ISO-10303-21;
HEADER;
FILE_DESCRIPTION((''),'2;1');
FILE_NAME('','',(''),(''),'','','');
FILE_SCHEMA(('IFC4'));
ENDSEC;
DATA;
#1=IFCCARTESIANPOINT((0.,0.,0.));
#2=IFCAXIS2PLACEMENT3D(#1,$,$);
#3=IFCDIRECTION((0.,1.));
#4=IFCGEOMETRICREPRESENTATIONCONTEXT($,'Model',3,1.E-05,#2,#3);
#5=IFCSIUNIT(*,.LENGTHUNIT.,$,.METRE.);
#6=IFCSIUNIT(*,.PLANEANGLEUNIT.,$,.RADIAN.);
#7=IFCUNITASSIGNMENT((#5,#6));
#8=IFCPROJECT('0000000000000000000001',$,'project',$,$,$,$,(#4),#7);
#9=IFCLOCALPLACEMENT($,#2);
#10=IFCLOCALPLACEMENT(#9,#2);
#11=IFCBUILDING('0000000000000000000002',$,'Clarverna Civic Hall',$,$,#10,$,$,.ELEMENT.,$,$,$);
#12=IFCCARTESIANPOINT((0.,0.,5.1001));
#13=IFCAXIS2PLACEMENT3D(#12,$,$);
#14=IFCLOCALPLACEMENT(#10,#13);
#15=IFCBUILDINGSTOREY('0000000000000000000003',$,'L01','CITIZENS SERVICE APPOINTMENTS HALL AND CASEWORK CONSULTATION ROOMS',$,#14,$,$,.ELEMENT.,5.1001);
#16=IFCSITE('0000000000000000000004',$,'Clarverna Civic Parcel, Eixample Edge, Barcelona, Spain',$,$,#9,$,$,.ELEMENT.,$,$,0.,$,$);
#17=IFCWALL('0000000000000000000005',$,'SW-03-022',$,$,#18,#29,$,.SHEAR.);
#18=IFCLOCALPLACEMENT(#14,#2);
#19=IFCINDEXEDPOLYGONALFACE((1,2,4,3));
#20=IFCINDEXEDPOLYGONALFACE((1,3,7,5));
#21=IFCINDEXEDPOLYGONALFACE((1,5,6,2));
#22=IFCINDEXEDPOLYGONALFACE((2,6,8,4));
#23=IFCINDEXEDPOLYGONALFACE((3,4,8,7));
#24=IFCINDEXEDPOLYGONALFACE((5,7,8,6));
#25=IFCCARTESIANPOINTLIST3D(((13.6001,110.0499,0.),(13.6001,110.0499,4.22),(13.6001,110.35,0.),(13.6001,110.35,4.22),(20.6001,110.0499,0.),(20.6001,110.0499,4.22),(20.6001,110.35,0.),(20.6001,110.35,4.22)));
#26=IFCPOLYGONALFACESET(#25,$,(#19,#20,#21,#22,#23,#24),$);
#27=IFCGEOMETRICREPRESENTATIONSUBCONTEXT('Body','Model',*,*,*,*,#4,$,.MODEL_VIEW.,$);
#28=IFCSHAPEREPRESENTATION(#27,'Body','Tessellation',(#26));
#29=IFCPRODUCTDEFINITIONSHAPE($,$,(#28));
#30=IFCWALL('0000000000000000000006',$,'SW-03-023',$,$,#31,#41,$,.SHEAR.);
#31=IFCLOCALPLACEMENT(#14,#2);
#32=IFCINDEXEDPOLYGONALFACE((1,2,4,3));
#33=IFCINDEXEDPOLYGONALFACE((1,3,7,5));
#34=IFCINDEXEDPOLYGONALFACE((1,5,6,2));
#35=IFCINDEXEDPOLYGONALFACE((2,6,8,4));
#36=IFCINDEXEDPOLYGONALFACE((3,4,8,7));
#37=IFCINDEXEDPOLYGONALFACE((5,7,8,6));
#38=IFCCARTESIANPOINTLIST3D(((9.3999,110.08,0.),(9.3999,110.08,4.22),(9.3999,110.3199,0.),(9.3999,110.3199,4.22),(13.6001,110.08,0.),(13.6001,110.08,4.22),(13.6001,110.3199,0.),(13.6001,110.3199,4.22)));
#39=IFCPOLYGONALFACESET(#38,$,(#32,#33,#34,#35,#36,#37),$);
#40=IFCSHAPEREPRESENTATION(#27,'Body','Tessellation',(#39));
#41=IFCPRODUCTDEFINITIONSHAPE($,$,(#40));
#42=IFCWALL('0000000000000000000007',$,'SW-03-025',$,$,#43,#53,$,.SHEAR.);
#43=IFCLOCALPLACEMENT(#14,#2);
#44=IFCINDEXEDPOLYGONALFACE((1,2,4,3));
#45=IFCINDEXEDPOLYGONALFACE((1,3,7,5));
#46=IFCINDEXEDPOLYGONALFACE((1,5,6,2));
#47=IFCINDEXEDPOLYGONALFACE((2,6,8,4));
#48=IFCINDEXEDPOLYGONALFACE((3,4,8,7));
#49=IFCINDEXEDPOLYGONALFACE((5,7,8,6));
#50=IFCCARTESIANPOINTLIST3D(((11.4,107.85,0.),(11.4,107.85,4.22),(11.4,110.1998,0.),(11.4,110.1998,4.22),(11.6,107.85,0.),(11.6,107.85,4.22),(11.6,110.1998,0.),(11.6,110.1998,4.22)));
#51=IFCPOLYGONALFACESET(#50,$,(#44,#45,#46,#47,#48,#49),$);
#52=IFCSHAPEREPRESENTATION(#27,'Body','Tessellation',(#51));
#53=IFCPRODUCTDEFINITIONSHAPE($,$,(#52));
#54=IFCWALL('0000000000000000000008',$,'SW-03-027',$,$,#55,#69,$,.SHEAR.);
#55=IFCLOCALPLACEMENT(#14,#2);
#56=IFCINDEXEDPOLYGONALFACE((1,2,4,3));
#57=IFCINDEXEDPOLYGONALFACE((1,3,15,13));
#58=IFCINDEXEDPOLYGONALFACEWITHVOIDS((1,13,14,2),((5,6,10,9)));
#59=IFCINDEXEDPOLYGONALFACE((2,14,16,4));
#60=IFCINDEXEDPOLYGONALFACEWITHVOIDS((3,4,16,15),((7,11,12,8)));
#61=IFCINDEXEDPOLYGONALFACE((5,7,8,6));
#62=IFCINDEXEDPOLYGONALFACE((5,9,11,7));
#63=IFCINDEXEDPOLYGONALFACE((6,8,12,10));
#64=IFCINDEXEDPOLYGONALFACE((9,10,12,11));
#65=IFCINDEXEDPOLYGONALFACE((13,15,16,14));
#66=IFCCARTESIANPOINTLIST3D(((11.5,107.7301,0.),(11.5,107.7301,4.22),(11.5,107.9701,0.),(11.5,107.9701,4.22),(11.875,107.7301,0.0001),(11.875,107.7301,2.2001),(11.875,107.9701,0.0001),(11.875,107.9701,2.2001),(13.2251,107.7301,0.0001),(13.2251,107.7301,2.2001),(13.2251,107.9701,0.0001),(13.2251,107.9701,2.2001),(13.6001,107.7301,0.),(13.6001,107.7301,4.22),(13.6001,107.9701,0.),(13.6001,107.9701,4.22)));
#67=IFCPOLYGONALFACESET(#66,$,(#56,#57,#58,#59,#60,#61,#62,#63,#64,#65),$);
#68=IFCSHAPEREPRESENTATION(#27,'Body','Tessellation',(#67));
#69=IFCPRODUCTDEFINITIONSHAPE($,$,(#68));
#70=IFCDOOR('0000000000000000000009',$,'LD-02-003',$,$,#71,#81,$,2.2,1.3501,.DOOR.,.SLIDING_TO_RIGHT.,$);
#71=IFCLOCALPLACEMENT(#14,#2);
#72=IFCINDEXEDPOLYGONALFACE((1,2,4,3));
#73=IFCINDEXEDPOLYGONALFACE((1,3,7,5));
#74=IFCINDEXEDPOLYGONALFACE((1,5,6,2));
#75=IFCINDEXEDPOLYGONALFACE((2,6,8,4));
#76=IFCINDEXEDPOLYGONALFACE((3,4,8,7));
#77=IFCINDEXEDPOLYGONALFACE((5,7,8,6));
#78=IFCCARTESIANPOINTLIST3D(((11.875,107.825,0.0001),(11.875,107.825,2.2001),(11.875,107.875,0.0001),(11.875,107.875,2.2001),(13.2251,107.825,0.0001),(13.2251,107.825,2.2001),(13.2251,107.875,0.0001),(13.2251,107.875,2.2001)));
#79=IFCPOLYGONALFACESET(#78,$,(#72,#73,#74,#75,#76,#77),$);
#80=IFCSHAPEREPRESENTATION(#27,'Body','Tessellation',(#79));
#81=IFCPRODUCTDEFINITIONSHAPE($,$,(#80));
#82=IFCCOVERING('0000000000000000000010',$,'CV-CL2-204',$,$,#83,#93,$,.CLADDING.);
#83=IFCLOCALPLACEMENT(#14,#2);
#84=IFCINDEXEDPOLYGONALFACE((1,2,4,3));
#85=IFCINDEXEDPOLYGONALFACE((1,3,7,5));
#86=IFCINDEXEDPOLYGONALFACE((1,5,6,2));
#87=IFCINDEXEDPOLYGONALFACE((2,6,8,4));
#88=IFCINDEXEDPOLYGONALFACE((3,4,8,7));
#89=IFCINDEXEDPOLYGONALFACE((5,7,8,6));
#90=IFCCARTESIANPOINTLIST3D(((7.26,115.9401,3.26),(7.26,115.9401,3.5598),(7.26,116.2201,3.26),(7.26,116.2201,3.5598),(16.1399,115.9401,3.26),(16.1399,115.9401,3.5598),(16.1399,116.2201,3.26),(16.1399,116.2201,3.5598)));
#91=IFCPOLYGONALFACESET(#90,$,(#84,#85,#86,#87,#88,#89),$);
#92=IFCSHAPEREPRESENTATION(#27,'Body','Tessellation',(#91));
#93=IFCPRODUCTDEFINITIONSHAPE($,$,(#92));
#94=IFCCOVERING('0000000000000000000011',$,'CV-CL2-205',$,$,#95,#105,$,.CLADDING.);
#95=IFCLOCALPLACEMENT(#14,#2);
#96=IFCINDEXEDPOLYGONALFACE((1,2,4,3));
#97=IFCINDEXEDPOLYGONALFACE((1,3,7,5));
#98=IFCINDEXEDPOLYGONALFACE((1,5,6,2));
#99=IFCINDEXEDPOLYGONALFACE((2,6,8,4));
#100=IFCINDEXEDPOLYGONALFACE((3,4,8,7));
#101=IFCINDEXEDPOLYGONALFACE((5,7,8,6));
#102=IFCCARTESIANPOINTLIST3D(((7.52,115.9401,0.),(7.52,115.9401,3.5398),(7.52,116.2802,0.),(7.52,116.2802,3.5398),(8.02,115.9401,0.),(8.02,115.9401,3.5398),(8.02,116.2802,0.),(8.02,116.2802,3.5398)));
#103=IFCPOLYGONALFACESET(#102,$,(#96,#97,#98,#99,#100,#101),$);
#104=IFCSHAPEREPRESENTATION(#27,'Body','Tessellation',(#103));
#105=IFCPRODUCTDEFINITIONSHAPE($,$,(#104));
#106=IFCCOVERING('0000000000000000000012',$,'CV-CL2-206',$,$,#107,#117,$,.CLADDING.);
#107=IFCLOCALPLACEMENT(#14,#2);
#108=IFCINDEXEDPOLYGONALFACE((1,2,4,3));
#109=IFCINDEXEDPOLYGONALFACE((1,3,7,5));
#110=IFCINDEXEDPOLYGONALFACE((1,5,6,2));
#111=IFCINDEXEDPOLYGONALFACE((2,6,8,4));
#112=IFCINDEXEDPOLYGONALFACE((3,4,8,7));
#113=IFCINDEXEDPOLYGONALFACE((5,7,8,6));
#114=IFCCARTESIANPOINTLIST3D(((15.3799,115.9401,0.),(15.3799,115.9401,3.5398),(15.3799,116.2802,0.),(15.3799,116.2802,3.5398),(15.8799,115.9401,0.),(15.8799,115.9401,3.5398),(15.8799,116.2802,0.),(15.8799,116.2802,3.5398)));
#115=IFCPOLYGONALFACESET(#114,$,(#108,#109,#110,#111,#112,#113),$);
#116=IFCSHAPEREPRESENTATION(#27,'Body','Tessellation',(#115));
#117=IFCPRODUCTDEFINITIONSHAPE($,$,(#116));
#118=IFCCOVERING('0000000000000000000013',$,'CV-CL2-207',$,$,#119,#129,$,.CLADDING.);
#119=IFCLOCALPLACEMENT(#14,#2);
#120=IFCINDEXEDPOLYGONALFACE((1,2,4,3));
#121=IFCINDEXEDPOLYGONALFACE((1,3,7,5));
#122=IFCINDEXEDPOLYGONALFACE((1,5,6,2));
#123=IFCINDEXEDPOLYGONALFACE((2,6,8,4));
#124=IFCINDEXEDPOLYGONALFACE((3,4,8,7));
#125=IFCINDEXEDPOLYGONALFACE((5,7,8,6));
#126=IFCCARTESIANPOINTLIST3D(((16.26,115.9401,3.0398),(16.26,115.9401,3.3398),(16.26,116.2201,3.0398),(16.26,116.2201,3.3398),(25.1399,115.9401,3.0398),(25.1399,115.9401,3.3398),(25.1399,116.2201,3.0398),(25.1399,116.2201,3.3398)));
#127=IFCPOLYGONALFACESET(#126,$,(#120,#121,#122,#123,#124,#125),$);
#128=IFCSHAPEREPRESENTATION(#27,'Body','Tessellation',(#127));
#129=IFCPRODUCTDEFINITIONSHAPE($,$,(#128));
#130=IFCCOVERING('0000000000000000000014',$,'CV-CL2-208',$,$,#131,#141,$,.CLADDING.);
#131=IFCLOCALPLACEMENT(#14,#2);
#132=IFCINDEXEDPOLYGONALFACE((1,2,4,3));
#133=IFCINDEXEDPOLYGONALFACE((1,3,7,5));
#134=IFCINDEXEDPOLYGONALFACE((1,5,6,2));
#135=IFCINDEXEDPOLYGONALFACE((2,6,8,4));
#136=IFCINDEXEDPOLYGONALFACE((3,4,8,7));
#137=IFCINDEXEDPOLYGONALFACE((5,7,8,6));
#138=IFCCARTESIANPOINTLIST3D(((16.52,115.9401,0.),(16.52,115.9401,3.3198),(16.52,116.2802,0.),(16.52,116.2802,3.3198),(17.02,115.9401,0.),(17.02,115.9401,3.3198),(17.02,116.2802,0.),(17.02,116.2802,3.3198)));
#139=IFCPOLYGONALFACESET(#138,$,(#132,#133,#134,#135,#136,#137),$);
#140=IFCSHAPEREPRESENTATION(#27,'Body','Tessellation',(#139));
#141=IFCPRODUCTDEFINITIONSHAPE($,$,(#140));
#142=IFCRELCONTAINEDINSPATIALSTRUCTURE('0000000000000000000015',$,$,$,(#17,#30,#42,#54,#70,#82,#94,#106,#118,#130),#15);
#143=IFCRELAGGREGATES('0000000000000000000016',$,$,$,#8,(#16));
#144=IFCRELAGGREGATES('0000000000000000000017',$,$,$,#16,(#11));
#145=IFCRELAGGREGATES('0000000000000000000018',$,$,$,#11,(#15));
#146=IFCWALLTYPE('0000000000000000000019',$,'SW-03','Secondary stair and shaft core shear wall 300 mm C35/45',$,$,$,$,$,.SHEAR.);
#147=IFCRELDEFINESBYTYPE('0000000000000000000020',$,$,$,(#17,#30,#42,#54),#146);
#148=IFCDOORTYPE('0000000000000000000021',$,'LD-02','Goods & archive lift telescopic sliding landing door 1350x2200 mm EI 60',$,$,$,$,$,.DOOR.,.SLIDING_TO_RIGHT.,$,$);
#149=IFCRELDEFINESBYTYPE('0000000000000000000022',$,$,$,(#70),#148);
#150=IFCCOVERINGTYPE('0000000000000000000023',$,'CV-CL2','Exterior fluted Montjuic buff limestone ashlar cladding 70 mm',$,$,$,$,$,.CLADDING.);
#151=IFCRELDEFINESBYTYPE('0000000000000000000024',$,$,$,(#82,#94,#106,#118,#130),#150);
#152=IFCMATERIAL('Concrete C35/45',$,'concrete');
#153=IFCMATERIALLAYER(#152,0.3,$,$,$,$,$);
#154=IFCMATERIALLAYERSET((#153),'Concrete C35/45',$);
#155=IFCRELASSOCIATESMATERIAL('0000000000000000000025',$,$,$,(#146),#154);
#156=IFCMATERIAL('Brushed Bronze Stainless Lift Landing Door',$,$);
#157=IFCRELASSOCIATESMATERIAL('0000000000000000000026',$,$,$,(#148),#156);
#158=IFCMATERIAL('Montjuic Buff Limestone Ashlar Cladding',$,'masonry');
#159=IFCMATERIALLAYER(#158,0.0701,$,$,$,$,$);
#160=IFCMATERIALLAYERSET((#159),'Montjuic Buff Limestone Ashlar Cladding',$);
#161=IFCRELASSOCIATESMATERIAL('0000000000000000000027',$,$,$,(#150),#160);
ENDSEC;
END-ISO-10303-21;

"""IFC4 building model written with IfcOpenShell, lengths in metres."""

from ifc_helpers import new_model, si_unit, direction, frame, frame_2d, origin, place, context, subcontext, project, spatial, rectangle, extrude, material, layer, layer_set, type_object, element, fill, save


model = new_model("IFC4")

# Units and contexts
model_context = context("Model", 3, precision=1e-05, world=origin(), true_north=direction((0.0, 1.0)))
body_context = subcontext(model_context, "Body", "Model", "MODEL_VIEW")
ifc_project = project(units=[si_unit("LENGTHUNIT", "METRE"), si_unit("PLANEANGLEUNIT", "RADIAN")], contexts=[model_context])

# Site, building, storey
site_placement = place(None, origin())
site = spatial("IfcSite", under=ifc_project, at=site_placement, Name="Clarverna Civic Parcel, Eixample Edge, Barcelona, Spain", CompositionType="ELEMENT", RefElevation=0.0)
building_placement = place(site_placement, origin())
building = spatial("IfcBuilding", under=site, at=building_placement, Name="Clarverna Civic Hall", CompositionType="ELEMENT")
storey_placement = place(building_placement, frame((0.0, 0.0, 5.1001)))
storey = spatial("IfcBuildingStorey", under=building, at=storey_placement, Name="L01", Description="CITIZENS SERVICE APPOINTMENTS HALL AND CASEWORK CONSULTATION ROOMS", CompositionType="ELEMENT", Elevation=5.1001)

# Shared definitions
ifc_material_1 = material(Name="Concrete C35/45", Category="concrete")

# Walls
ifc_layer_1 = layer(ifc_material_1, 0.3)
ifc_layer_set_1 = layer_set([ifc_layer_1], Name="Concrete C35/45")
wall_type_1 = type_object("IfcWallType", Name="SW-03", Description="Secondary stair and shaft core shear wall 300 mm C35/45", PredefinedType="SHEAR", material=ifc_layer_set_1)
wall_1_placement = place(storey_placement, frame((13.6001, 110.2, 0.0), z_axis=(0.0, 0.0, 1.0), x_axis=(1.0, 0.0, 0.0)))
element("IfcWall", 1, at=wall_1_placement, inside=storey, type_object=wall_type_1, Name="SW-03-022", PredefinedType="SHEAR", context=body_context, shape_type="SweptSolid", body=[
    extrude(rectangle(XDim=7.0, YDim=0.3, at=frame_2d((3.5, 0.0))), origin(), (0.0, 0.0, 1.0), 4.22),
])
wall_2_placement = place(storey_placement, frame((9.3999, 110.2, 0.0), z_axis=(0.0, 0.0, 1.0), x_axis=(1.0, 0.0, 0.0)))
element("IfcWall", 2, at=wall_2_placement, inside=storey, type_object=wall_type_1, Name="SW-03-023", PredefinedType="SHEAR", context=body_context, shape_type="SweptSolid", body=[
    extrude(rectangle(XDim=4.2002, YDim=0.24, at=frame_2d((2.1001, 0.0))), origin(), (0.0, 0.0, 1.0), 4.22),
])
wall_3_placement = place(storey_placement, frame((11.5, 107.8501, 0.0), z_axis=(0.0, 0.0, 1.0), x_axis=(0.0, 1.0, 0.0)))
element("IfcWall", 3, at=wall_3_placement, inside=storey, type_object=wall_type_1, Name="SW-03-025", PredefinedType="SHEAR", context=body_context, shape_type="SweptSolid", body=[
    extrude(rectangle(XDim=2.3499, YDim=0.2, at=frame_2d((1.1748, 0.0))), origin(), (0.0, 0.0, 1.0), 4.22),
])

# Wall, opening, door
wall_4_placement = place(storey_placement, frame((11.5, 107.8501, 0.0), z_axis=(0.0, 0.0, 1.0), x_axis=(1.0, 0.0, 0.0)))
wall_4 = element("IfcWall", 4, at=wall_4_placement, inside=storey, type_object=wall_type_1, Name="SW-03-027", PredefinedType="SHEAR", context=body_context, shape_type="SweptSolid", body=[
    extrude(rectangle(XDim=2.1001, YDim=0.24, at=frame_2d((1.05, 0.0))), origin(), (0.0, 0.0, 1.0), 4.22),
])
opening_1_placement = place(wall_4_placement, frame((0.375, 0.0, 0.0)))
opening_1 = element("IfcOpeningElement", 5, at=opening_1_placement, cuts=wall_4, PredefinedType="OPENING", context=body_context, shape_type="SweptSolid", body=[
    extrude(rectangle(XDim=1.3501, YDim=2.2, at=frame_2d((0.675, 1.1001))), frame((0.0, 0.1299, 0.0), z_axis=(0.0, -1.0, 0.0), x_axis=(1.0, 0.0, 0.0)), (0.0, 0.0, 1.0), 0.26),
])
ifc_material_2 = material(Name="Brushed Bronze Stainless Lift Landing Door")
door_type = type_object("IfcDoorType", Name="LD-02", Description="Goods & archive lift telescopic sliding landing door 1350x2200 mm EI 60", OperationType="SLIDING_TO_RIGHT", PredefinedType="DOOR", material=ifc_material_2)
door_placement = place(opening_1_placement, origin())
door = element("IfcDoor", 6, at=door_placement, inside=storey, type_object=door_type, Name="LD-02-003", OperationType="SLIDING_TO_RIGHT", OverallHeight=2.2, OverallWidth=1.3501, PredefinedType="DOOR", context=body_context, shape_type="SweptSolid", body=[
    extrude(rectangle(XDim=1.3501, YDim=2.2, at=frame_2d((0.675, 1.1001))), frame((0.0, 0.0249, 0.0), z_axis=(0.0, -1.0, 0.0), x_axis=(1.0, 0.0, 0.0)), (0.0, 0.0, 1.0), 0.05),
])
fill(opening_1, door)

# Coverings
ifc_material_3 = material(Name="Montjuic Buff Limestone Ashlar Cladding", Category="masonry")
ifc_layer_2 = layer(ifc_material_3, 0.0701)
ifc_layer_set_2 = layer_set([ifc_layer_2], Name="Montjuic Buff Limestone Ashlar Cladding")
covering_type = type_object("IfcCoveringType", Name="CV-CL2", Description="Exterior fluted Montjuic buff limestone ashlar cladding 70 mm", PredefinedType="CLADDING", material=ifc_layer_set_2)
covering_1_placement = place(storey_placement, frame((7.26, 116.0801, 3.26), z_axis=(0.0, 0.0, 1.0), x_axis=(1.0, 0.0, 0.0)))
element("IfcCovering", 7, at=covering_1_placement, inside=storey, type_object=covering_type, Name="CV-CL2-204", PredefinedType="CLADDING", context=body_context, shape_type="SweptSolid", body=[
    extrude(rectangle(XDim=8.8799, YDim=0.28, at=frame_2d((4.4399, 0.0))), origin(), (0.0, 0.0, 1.0), 0.2998),
])
for number, where, z_axis, x_axis, name in (
    (8, (7.52, 116.1101, 0.0), (0.0, 0.0, 1.0), (1.0, 0.0, 0.0), "CV-CL2-205"),
    (9, (15.3799, 116.1101, 0.0), (0.0, 0.0, 1.0), (1.0, 0.0, 0.0), "CV-CL2-206"),
):
    element("IfcCovering", number, at=place(storey_placement, frame(where, z_axis=z_axis, x_axis=x_axis)), inside=storey, type_object=covering_type, Name=name, PredefinedType="CLADDING", context=body_context, shape_type="SweptSolid", body=[
        extrude(rectangle(XDim=0.5, YDim=0.3401, at=frame_2d((0.25, 0.0))), origin(), (0.0, 0.0, 1.0), 3.5398),
    ])
covering_2_placement = place(storey_placement, frame((16.26, 116.0801, 3.0398), z_axis=(0.0, 0.0, 1.0), x_axis=(1.0, 0.0, 0.0)))
element("IfcCovering", 10, at=covering_2_placement, inside=storey, type_object=covering_type, Name="CV-CL2-207", PredefinedType="CLADDING", context=body_context, shape_type="SweptSolid", body=[
    extrude(rectangle(XDim=8.8799, YDim=0.28, at=frame_2d((4.4399, 0.0))), origin(), (0.0, 0.0, 1.0), 0.3),
])
covering_3_placement = place(storey_placement, frame((16.52, 116.1101, 0.0), z_axis=(0.0, 0.0, 1.0), x_axis=(1.0, 0.0, 0.0)))
element("IfcCovering", 11, at=covering_3_placement, inside=storey, type_object=covering_type, Name="CV-CL2-208", PredefinedType="CLADDING", context=body_context, shape_type="SweptSolid", body=[
    extrude(rectangle(XDim=0.5, YDim=0.3401, at=frame_2d((0.25, 0.0))), origin(), (0.0, 0.0, 1.0), 3.3198),
])

save(model, "model.ifc")
